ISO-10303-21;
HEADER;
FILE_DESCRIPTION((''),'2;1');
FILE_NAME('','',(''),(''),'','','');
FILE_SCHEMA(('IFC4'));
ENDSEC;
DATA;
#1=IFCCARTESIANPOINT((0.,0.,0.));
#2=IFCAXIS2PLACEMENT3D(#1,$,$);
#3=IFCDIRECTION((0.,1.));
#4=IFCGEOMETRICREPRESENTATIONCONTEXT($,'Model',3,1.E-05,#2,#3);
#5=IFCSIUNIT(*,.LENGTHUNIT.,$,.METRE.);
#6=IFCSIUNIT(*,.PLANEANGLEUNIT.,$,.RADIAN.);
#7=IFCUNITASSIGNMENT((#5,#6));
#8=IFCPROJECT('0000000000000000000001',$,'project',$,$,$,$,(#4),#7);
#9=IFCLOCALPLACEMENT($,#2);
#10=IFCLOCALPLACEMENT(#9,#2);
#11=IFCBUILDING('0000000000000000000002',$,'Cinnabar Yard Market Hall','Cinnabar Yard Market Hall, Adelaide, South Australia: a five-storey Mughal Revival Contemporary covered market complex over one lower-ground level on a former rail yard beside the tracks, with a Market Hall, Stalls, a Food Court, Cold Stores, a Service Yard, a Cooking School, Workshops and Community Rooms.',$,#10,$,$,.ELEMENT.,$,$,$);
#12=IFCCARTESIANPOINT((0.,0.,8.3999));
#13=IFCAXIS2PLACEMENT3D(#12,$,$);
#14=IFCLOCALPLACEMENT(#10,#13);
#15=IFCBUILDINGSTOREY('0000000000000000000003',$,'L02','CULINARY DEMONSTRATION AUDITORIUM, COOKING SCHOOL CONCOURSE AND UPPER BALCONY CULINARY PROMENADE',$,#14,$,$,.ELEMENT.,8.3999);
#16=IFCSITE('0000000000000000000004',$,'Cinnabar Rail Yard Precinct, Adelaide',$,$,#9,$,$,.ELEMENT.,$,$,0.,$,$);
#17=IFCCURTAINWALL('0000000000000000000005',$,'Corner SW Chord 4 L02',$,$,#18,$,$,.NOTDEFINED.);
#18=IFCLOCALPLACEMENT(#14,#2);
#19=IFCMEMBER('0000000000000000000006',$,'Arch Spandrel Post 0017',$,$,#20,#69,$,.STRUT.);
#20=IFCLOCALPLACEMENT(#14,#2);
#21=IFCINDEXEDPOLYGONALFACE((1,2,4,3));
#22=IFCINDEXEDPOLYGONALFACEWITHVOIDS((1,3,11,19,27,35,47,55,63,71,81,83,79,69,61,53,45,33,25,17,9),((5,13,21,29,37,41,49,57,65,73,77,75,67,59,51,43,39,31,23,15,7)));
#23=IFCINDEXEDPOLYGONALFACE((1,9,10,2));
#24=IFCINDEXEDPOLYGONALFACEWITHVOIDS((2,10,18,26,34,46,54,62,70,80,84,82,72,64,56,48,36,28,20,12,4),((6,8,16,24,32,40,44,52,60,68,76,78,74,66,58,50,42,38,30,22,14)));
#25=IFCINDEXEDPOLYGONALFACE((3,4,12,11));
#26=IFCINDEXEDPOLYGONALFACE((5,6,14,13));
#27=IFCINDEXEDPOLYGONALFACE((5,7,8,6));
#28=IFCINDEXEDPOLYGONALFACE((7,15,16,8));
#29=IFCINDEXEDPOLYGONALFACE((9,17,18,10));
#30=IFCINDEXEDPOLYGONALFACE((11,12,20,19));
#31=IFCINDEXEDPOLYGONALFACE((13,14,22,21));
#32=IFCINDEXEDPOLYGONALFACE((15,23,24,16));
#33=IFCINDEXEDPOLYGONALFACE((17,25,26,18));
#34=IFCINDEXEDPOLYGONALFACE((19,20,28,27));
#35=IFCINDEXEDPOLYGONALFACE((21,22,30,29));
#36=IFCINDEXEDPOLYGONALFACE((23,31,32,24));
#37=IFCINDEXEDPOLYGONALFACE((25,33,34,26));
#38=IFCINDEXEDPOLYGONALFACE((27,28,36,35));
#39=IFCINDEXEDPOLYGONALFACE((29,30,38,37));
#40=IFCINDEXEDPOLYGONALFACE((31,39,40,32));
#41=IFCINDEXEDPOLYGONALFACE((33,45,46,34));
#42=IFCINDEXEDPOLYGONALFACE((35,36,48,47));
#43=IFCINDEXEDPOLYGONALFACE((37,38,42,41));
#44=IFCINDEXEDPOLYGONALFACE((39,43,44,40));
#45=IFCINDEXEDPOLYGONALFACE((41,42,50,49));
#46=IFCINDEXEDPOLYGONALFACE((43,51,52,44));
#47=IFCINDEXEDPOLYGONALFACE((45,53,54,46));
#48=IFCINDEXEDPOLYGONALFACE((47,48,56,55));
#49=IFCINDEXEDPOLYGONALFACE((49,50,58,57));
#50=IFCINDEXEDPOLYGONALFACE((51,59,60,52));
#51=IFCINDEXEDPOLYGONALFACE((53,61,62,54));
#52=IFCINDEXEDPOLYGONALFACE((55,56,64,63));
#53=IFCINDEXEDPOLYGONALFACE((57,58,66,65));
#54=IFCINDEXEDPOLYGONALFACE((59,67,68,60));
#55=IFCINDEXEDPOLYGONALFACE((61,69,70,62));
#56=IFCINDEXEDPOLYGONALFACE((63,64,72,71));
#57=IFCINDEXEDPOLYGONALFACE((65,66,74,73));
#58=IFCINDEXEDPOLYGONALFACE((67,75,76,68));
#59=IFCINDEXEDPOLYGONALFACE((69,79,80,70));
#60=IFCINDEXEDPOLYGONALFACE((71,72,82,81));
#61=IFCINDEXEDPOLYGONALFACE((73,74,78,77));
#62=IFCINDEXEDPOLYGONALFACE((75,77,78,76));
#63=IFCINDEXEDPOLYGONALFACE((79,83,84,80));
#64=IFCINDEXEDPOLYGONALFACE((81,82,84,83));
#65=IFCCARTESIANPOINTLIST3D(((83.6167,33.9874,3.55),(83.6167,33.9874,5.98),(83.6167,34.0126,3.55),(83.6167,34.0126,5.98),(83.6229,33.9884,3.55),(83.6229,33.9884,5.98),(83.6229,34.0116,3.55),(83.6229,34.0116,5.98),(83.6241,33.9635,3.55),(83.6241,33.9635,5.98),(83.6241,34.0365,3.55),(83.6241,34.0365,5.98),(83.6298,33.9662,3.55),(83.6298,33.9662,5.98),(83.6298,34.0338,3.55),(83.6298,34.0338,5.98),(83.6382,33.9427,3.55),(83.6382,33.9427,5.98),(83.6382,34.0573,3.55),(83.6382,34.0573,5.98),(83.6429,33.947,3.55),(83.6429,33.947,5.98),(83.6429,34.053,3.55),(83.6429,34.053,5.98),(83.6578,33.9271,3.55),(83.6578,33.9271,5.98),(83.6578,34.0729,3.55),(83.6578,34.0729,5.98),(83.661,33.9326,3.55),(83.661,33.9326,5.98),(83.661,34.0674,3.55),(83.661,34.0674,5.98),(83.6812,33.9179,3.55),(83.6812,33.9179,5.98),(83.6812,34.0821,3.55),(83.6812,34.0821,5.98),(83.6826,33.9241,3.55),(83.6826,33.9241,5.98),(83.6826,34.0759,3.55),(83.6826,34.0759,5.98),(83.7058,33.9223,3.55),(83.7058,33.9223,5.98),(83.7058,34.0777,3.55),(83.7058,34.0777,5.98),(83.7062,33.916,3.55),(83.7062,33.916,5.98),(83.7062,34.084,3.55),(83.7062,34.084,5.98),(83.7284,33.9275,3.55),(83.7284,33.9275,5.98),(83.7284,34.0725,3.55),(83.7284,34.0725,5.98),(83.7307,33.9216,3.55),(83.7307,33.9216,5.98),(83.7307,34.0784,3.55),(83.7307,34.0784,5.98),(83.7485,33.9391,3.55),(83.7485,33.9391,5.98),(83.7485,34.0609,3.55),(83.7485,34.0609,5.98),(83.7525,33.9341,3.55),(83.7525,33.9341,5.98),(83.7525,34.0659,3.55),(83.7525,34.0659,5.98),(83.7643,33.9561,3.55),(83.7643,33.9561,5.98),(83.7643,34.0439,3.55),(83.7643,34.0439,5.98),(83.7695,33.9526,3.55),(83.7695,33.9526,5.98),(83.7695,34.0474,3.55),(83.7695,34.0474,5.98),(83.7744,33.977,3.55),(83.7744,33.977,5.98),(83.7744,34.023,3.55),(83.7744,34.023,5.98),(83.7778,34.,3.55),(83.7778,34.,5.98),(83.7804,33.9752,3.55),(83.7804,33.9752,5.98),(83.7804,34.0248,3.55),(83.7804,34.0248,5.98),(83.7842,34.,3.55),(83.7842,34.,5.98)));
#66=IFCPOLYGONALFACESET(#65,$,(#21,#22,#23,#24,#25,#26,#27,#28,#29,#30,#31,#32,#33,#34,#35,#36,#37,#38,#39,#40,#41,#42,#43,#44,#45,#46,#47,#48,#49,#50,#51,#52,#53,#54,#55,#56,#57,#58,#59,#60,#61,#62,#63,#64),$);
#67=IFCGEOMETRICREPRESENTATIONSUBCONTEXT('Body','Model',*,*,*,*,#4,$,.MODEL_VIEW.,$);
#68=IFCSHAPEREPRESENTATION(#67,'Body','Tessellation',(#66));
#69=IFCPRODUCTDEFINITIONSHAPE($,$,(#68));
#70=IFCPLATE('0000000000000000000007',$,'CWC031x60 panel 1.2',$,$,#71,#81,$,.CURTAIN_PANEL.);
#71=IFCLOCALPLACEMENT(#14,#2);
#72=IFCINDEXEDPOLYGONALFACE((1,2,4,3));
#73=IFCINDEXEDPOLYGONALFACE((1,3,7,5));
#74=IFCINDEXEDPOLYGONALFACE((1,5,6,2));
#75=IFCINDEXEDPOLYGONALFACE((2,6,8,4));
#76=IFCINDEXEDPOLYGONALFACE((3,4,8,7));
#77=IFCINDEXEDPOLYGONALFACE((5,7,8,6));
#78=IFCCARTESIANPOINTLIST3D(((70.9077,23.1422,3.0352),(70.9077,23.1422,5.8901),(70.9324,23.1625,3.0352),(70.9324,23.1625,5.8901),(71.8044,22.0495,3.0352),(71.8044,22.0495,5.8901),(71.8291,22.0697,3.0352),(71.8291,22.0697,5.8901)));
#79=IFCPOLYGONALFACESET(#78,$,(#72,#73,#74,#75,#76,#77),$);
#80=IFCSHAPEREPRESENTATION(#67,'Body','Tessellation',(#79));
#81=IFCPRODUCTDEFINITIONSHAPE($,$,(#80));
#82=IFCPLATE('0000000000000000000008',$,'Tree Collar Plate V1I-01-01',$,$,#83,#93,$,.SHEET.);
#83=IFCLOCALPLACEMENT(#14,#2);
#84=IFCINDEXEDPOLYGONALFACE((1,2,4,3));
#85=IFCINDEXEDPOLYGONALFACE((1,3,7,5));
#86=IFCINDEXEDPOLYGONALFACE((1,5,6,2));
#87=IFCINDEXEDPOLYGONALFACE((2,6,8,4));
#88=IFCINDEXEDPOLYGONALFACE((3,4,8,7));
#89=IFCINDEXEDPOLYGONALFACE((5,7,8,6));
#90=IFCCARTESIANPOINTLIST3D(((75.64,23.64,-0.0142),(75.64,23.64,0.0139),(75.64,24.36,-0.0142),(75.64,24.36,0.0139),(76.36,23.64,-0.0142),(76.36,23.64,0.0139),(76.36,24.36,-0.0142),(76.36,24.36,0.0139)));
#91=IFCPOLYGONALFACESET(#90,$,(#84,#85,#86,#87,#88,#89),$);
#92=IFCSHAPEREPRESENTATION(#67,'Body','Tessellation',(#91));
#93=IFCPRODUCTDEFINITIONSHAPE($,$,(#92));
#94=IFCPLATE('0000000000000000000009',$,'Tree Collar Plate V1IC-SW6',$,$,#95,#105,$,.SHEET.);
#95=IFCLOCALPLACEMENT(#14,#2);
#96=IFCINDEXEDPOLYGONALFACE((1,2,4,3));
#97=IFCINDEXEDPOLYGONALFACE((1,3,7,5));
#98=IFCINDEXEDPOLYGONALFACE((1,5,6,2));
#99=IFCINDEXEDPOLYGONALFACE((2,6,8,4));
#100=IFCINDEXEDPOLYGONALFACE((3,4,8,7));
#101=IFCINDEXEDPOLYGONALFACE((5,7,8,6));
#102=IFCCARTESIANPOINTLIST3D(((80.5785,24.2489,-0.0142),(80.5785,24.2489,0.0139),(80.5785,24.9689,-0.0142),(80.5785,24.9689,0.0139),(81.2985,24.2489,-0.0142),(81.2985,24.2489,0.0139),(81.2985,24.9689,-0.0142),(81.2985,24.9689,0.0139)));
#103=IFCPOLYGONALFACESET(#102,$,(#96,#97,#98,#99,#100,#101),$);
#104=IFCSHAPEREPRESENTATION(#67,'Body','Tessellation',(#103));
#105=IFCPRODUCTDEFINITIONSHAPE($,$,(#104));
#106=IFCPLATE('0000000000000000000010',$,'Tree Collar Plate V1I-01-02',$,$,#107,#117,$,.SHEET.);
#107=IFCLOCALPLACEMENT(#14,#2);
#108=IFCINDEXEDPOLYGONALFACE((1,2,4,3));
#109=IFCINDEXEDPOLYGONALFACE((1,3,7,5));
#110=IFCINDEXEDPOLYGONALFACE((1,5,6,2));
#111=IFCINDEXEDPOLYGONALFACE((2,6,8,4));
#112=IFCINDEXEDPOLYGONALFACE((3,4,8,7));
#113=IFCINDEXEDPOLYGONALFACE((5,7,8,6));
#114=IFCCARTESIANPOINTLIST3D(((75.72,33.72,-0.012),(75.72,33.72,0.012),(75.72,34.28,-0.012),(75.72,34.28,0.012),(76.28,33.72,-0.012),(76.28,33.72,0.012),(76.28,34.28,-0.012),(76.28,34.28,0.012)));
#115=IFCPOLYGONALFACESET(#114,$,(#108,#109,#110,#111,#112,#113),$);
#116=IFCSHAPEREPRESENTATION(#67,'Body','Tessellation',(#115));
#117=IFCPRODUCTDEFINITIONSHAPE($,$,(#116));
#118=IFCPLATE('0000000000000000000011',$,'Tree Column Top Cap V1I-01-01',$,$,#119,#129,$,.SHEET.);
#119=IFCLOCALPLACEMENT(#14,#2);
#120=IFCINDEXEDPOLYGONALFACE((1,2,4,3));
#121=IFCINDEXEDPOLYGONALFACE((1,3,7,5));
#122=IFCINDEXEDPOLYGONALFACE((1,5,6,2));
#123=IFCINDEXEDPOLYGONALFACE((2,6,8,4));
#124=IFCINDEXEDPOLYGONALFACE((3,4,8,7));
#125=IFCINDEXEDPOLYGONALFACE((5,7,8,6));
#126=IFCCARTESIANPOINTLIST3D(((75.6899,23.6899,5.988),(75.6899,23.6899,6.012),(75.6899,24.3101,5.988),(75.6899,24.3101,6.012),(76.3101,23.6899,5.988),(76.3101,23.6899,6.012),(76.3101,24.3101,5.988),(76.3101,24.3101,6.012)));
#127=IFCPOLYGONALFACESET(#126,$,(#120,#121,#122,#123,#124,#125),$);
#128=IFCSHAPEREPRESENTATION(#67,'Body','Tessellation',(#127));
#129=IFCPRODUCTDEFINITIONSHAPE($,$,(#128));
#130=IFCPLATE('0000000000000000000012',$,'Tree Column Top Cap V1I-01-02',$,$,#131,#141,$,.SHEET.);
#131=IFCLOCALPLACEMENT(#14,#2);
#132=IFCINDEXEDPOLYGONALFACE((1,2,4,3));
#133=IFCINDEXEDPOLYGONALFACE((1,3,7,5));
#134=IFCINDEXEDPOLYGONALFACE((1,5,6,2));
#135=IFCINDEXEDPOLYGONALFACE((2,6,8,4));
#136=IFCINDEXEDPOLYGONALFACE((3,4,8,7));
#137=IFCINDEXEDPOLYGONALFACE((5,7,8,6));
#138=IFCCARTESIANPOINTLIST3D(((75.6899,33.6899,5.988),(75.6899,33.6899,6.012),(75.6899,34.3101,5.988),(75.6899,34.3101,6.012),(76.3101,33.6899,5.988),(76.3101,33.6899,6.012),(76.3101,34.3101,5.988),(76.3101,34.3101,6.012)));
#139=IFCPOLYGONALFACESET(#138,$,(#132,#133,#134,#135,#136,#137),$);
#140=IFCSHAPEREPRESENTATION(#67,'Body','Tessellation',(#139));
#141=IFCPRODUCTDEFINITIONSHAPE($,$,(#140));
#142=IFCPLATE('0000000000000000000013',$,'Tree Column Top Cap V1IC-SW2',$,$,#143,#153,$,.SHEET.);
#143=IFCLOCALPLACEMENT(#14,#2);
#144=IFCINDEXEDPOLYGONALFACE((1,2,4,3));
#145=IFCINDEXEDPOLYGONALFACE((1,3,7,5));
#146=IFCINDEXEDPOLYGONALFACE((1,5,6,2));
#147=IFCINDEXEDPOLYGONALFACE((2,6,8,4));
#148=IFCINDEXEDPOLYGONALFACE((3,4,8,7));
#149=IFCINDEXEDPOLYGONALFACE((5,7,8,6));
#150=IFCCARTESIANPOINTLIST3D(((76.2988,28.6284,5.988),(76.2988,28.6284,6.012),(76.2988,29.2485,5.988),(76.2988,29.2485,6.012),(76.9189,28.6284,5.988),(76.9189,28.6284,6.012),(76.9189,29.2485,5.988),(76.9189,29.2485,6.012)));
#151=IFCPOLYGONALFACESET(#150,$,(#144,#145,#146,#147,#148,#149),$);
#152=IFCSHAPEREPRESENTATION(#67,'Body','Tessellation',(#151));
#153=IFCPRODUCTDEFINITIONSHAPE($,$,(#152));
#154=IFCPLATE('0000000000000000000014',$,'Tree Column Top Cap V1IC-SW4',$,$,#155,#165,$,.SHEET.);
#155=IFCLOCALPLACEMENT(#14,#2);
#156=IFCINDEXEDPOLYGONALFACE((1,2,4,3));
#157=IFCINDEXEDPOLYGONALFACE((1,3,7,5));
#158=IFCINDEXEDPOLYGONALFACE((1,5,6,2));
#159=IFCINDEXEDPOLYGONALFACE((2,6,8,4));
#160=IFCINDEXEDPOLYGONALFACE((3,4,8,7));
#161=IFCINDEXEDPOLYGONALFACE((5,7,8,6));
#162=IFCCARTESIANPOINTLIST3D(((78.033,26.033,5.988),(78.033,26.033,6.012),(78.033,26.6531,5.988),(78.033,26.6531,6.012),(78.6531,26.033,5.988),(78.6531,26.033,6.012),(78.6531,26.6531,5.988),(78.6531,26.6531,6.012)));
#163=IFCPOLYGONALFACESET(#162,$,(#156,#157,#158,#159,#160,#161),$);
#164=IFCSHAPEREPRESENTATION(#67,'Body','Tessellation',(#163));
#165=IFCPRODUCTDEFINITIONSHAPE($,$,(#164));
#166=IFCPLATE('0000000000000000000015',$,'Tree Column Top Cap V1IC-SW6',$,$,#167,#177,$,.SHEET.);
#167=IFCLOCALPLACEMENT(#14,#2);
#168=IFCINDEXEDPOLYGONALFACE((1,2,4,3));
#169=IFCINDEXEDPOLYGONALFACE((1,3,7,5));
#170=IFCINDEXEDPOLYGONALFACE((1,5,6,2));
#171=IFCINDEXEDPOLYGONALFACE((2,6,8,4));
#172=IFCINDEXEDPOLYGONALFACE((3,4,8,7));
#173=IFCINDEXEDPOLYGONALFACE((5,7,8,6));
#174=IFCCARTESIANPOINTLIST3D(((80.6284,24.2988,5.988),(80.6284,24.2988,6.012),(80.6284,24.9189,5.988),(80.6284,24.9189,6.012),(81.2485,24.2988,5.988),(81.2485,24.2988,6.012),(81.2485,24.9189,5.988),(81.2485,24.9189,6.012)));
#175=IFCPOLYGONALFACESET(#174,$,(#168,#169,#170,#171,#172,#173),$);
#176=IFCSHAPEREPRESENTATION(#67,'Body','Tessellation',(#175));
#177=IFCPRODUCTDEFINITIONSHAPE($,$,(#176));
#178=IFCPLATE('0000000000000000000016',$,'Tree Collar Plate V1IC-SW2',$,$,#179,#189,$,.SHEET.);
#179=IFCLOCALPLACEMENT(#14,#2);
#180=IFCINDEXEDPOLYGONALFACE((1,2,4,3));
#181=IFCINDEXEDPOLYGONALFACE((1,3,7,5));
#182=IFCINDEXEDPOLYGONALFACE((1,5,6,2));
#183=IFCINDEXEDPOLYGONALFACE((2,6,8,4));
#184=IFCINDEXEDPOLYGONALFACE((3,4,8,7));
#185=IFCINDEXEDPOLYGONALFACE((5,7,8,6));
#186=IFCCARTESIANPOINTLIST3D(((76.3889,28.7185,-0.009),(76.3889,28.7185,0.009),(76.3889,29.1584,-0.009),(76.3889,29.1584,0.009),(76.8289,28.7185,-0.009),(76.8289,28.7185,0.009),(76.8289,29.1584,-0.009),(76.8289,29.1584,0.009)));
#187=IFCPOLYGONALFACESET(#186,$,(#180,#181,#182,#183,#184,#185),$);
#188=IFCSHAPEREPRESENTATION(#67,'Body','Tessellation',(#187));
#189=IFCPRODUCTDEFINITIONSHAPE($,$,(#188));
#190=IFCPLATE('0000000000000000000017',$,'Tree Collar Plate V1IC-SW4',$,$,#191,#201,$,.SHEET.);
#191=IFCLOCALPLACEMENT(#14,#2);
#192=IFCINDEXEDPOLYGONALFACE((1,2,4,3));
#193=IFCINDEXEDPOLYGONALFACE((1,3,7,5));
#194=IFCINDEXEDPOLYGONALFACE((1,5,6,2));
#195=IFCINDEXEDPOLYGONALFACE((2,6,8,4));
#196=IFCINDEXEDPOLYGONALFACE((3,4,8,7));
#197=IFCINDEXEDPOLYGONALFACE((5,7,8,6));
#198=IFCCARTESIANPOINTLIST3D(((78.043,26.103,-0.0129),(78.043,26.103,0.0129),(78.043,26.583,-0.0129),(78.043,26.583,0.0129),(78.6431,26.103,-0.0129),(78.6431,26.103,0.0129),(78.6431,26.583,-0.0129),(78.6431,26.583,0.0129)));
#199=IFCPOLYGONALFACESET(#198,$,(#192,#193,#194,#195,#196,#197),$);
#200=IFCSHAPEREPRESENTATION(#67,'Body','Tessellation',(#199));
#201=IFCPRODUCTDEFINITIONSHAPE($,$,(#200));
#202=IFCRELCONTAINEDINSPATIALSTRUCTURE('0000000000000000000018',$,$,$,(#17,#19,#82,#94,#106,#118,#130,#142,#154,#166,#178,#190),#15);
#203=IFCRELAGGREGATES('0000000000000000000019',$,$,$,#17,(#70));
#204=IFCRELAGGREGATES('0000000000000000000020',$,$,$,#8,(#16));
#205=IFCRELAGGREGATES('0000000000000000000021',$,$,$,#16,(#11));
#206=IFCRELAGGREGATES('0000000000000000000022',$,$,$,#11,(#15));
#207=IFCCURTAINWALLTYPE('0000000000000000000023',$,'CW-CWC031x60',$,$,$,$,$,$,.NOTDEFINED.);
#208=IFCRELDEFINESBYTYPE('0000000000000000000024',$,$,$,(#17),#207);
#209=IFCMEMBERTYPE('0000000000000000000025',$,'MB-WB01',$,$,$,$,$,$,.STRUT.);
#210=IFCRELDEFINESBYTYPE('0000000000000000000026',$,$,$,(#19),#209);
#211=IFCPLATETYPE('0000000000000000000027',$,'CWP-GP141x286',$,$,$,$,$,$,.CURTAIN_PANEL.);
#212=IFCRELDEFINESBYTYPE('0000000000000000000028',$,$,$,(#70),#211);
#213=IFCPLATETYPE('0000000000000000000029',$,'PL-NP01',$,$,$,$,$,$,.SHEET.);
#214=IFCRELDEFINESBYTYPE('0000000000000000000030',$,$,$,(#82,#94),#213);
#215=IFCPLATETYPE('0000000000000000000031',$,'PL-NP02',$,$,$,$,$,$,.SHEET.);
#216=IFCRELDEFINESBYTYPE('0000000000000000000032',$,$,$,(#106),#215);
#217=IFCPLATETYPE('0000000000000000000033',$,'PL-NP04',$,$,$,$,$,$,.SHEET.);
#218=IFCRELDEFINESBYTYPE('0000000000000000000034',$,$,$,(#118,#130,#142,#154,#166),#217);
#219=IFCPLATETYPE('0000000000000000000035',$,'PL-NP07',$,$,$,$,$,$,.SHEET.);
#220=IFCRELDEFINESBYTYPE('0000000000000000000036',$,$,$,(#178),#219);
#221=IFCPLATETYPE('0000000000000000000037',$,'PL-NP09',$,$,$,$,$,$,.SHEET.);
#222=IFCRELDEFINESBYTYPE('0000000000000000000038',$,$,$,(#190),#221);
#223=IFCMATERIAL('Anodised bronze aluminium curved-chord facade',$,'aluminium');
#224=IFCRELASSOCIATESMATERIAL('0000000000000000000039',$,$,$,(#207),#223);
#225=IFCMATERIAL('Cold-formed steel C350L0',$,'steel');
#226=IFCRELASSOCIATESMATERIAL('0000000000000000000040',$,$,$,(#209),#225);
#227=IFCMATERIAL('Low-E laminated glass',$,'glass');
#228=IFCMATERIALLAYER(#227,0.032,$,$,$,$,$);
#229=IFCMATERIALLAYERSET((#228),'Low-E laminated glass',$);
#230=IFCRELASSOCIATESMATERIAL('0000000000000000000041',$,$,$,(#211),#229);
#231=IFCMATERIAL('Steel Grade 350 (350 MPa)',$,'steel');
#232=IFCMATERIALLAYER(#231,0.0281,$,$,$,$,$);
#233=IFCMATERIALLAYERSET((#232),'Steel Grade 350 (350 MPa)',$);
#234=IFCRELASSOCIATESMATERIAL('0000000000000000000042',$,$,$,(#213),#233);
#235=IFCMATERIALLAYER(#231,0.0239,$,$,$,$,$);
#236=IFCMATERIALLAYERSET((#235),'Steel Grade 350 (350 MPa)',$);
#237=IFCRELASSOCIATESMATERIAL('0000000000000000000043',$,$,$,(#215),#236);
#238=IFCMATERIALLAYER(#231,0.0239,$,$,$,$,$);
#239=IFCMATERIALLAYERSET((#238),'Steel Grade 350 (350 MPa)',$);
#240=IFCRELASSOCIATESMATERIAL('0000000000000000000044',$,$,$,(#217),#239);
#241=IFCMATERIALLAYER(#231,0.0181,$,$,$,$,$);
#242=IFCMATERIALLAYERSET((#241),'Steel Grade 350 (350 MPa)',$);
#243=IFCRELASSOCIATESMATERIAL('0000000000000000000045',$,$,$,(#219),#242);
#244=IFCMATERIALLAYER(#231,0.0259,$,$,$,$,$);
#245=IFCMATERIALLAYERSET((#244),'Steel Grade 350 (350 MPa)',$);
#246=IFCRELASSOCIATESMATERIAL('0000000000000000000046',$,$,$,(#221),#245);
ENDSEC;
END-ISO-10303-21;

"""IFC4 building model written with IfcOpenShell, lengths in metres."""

from ifc_helpers import new_model, si_unit, direction, frame, origin, origin_2d_with_axis, place, context, subcontext, project, spatial, rectangle, hollow_circle, extrude, material, layer, layer_set, material_profile, profile_set, type_object, element, aggregate, save


model = new_model("IFC4")

# Units and contexts
model_context = context("Model", 3, precision=1e-05, world=origin(), true_north=direction((0.0, 1.0)))
body_context = subcontext(model_context, "Body", "Model", "MODEL_VIEW")
ifc_project = project(units=[si_unit("LENGTHUNIT", "METRE"), si_unit("PLANEANGLEUNIT", "RADIAN")], contexts=[model_context])

# Site, building, storey
site_placement = place(None, origin())
site = spatial("IfcSite", under=ifc_project, at=site_placement, Name="Cinnabar Rail Yard Precinct, Adelaide", CompositionType="ELEMENT", RefElevation=0.0)
building_placement = place(site_placement, origin())
building = spatial("IfcBuilding", under=site, at=building_placement, Name="Cinnabar Yard Market Hall", Description="Cinnabar Yard Market Hall, Adelaide, South Australia: a five-storey Mughal Revival Contemporary covered market complex over one lower-ground level on a former rail yard beside the tracks, with a Market Hall, Stalls, a Food Court, Cold Stores, a Service Yard, a Cooking School, Workshops and Community Rooms.", CompositionType="ELEMENT")
storey_placement = place(building_placement, frame((0.0, 0.0, 8.3999)))
storey = spatial("IfcBuildingStorey", under=building, at=storey_placement, Name="L02", Description="CULINARY DEMONSTRATION AUDITORIUM, COOKING SCHOOL CONCOURSE AND UPPER BALCONY CULINARY PROMENADE", CompositionType="ELEMENT", Elevation=8.3999)

# Curtain wall
ifc_material_1 = material(Name="Anodised bronze aluminium curved-chord facade", Category="aluminium")
curtain_wall_type = type_object("IfcCurtainWallType", Name="CW-CWC031x60", PredefinedType="NOTDEFINED", material=ifc_material_1)
curtain_wall_placement = place(storey_placement, origin())
curtain_wall = element("IfcCurtainWall", 1, at=curtain_wall_placement, inside=storey, type_object=curtain_wall_type, Name="Corner SW Chord 4 L02", PredefinedType="NOTDEFINED")

# Member
ifc_material_2 = material(Name="Cold-formed steel C350L0", Category="steel")
ifc_material_profile_1 = material_profile(ifc_material_2, hollow_circle(Radius=0.0842, WallThickness=0.0063, at=origin_2d_with_axis()), Name="168.3x6.4CHS")
ifc_profile_set_1 = profile_set([ifc_material_profile_1], Name="Cold-formed steel C350L0")
member_type_1 = type_object("IfcMemberType", Name="MB-WB01", PredefinedType="STRUT", material=ifc_profile_set_1)
for number, where, z_axis, x_axis, name in (
    (2, (83.7, 34.0, 3.55), (0.0, 0.0, 1.0), (1.0, 0.0, 0.0), "Arch Spandrel Post 0017"),
):
    element("IfcMember", number, at=place(storey_placement, frame(where, z_axis=z_axis, x_axis=x_axis)), inside=storey, type_object=member_type_1, Name=name, PredefinedType="STRUT", context=body_context, shape_type="SweptSolid", body=[
        extrude(hollow_circle(Radius=0.0842, WallThickness=0.0063, at=origin_2d_with_axis()), origin(), (0.0, 0.0, 1.0), 2.4299),
    ])

# Plate
ifc_material_3 = material(Name="Low-E laminated glass", Category="glass")
ifc_layer_1 = layer(ifc_material_3, 0.032)
ifc_layer_set_1 = layer_set([ifc_layer_1], Name="Low-E laminated glass")
plate_type_1 = type_object("IfcPlateType", Name="CWP-GP141x286", PredefinedType="CURTAIN_PANEL", material=ifc_layer_set_1)
plate_1_placement = place(storey_placement, frame((71.3684, 22.606, 3.0352), z_axis=(0.0, 0.0, 1.0), x_axis=(0.634383, -0.773019, 0.0)))
plate_1 = element("IfcPlate", 3, at=plate_1_placement, type_object=plate_type_1, Name="CWC031x60 panel 1.2", PredefinedType="CURTAIN_PANEL", context=body_context, shape_type="SweptSolid", body=[
    extrude(rectangle(XDim=1.4136, YDim=0.032, at=origin_2d_with_axis()), origin(), (0.0, 0.0, 1.0), 2.855),
])
aggregate(curtain_wall, [plate_1])

# Plates
ifc_material_4 = material(Name="Steel Grade 350 (350 MPa)", Category="steel")
ifc_layer_2 = layer(ifc_material_4, 0.0281)
ifc_layer_set_2 = layer_set([ifc_layer_2], Name="Steel Grade 350 (350 MPa)")
plate_type_2 = type_object("IfcPlateType", Name="PL-NP01", PredefinedType="SHEET", material=ifc_layer_set_2)
for number, where, z_axis, x_axis, name in (
    (4, (76.0, 24.0, -0.0142), (0.0, 0.0, 1.0), (1.0, 0.0, 0.0), "Tree Collar Plate V1I-01-01"),
    (5, (80.9385, 24.6089, -0.0142), (0.0, 0.0, 1.0), (1.0, 0.0, 0.0), "Tree Collar Plate V1IC-SW6"),
):
    element("IfcPlate", number, at=place(storey_placement, frame(where, z_axis=z_axis, x_axis=x_axis)), inside=storey, type_object=plate_type_2, Name=name, PredefinedType="SHEET", context=body_context, shape_type="SweptSolid", body=[
        extrude(rectangle(XDim=0.72, YDim=0.72, at=origin_2d_with_axis()), origin(), (0.0, 0.0, 1.0), 0.0281),
    ])
ifc_layer_3 = layer(ifc_material_4, 0.0239)
ifc_layer_set_3 = layer_set([ifc_layer_3], Name="Steel Grade 350 (350 MPa)")
plate_type_3 = type_object("IfcPlateType", Name="PL-NP02", PredefinedType="SHEET", material=ifc_layer_set_3)
plate_2_placement = place(storey_placement, frame((76.0, 34.0, -0.012), z_axis=(0.0, 0.0, 1.0), x_axis=(1.0, 0.0, 0.0)))
element("IfcPlate", 6, at=plate_2_placement, inside=storey, type_object=plate_type_3, Name="Tree Collar Plate V1I-01-02", PredefinedType="SHEET", context=body_context, shape_type="SweptSolid", body=[
    extrude(rectangle(XDim=0.5601, YDim=0.5601, at=origin_2d_with_axis()), origin(), (0.0, 0.0, 1.0), 0.0239),
])
ifc_layer_4 = layer(ifc_material_4, 0.0239)
ifc_layer_set_4 = layer_set([ifc_layer_4], Name="Steel Grade 350 (350 MPa)")
plate_type_4 = type_object("IfcPlateType", Name="PL-NP04", PredefinedType="SHEET", material=ifc_layer_set_4)
for number, where, z_axis, x_axis, name in (
    (7, (76.0, 24.0, 5.988), (0.0, 0.0, 1.0), (1.0, 0.0, 0.0), "Tree Column Top Cap V1I-01-01"),
    (8, (76.0, 34.0, 5.988), (0.0, 0.0, 1.0), (1.0, 0.0, 0.0), "Tree Column Top Cap V1I-01-02"),
    (9, (76.6089, 28.9385, 5.988), (0.0, 0.0, 1.0), (1.0, 0.0, 0.0), "Tree Column Top Cap V1IC-SW2"),
    (10, (78.343, 26.343, 5.988), (0.0, 0.0, 1.0), (1.0, 0.0, 0.0), "Tree Column Top Cap V1IC-SW4"),
    (11, (80.9385, 24.6089, 5.988), (0.0, 0.0, 1.0), (1.0, 0.0, 0.0), "Tree Column Top Cap V1IC-SW6"),
):
    element("IfcPlate", number, at=place(storey_placement, frame(where, z_axis=z_axis, x_axis=x_axis)), inside=storey, type_object=plate_type_4, Name=name, PredefinedType="SHEET", context=body_context, shape_type="SweptSolid", body=[
        extrude(rectangle(XDim=0.6201, YDim=0.6201, at=origin_2d_with_axis()), origin(), (0.0, 0.0, 1.0), 0.0239),
    ])
ifc_layer_5 = layer(ifc_material_4, 0.0181)
ifc_layer_set_5 = layer_set([ifc_layer_5], Name="Steel Grade 350 (350 MPa)")
plate_type_5 = type_object("IfcPlateType", Name="PL-NP07", PredefinedType="SHEET", material=ifc_layer_set_5)
plate_3_placement = place(storey_placement, frame((76.6089, 28.9385, -0.009), z_axis=(0.0, 0.0, 1.0), x_axis=(1.0, 0.0, 0.0)))
element("IfcPlate", 12, at=plate_3_placement, inside=storey, type_object=plate_type_5, Name="Tree Collar Plate V1IC-SW2", PredefinedType="SHEET", context=body_context, shape_type="SweptSolid", body=[
    extrude(rectangle(XDim=0.4399, YDim=0.4399, at=origin_2d_with_axis()), origin(), (0.0, 0.0, 1.0), 0.0181),
])
ifc_layer_6 = layer(ifc_material_4, 0.0259)
ifc_layer_set_6 = layer_set([ifc_layer_6], Name="Steel Grade 350 (350 MPa)")
plate_type_6 = type_object("IfcPlateType", Name="PL-NP09", PredefinedType="SHEET", material=ifc_layer_set_6)
plate_4_placement = place(storey_placement, frame((78.343, 26.343, -0.0129), z_axis=(0.0, 0.0, 1.0), x_axis=(1.0, 0.0, 0.0)))
element("IfcPlate", 13, at=plate_4_placement, inside=storey, type_object=plate_type_6, Name="Tree Collar Plate V1IC-SW4", PredefinedType="SHEET", context=body_context, shape_type="SweptSolid", body=[
    extrude(rectangle(XDim=0.6001, YDim=0.48, at=origin_2d_with_axis()), origin(), (0.0, 0.0, 1.0), 0.0259),
])

save(model, "model.ifc")
